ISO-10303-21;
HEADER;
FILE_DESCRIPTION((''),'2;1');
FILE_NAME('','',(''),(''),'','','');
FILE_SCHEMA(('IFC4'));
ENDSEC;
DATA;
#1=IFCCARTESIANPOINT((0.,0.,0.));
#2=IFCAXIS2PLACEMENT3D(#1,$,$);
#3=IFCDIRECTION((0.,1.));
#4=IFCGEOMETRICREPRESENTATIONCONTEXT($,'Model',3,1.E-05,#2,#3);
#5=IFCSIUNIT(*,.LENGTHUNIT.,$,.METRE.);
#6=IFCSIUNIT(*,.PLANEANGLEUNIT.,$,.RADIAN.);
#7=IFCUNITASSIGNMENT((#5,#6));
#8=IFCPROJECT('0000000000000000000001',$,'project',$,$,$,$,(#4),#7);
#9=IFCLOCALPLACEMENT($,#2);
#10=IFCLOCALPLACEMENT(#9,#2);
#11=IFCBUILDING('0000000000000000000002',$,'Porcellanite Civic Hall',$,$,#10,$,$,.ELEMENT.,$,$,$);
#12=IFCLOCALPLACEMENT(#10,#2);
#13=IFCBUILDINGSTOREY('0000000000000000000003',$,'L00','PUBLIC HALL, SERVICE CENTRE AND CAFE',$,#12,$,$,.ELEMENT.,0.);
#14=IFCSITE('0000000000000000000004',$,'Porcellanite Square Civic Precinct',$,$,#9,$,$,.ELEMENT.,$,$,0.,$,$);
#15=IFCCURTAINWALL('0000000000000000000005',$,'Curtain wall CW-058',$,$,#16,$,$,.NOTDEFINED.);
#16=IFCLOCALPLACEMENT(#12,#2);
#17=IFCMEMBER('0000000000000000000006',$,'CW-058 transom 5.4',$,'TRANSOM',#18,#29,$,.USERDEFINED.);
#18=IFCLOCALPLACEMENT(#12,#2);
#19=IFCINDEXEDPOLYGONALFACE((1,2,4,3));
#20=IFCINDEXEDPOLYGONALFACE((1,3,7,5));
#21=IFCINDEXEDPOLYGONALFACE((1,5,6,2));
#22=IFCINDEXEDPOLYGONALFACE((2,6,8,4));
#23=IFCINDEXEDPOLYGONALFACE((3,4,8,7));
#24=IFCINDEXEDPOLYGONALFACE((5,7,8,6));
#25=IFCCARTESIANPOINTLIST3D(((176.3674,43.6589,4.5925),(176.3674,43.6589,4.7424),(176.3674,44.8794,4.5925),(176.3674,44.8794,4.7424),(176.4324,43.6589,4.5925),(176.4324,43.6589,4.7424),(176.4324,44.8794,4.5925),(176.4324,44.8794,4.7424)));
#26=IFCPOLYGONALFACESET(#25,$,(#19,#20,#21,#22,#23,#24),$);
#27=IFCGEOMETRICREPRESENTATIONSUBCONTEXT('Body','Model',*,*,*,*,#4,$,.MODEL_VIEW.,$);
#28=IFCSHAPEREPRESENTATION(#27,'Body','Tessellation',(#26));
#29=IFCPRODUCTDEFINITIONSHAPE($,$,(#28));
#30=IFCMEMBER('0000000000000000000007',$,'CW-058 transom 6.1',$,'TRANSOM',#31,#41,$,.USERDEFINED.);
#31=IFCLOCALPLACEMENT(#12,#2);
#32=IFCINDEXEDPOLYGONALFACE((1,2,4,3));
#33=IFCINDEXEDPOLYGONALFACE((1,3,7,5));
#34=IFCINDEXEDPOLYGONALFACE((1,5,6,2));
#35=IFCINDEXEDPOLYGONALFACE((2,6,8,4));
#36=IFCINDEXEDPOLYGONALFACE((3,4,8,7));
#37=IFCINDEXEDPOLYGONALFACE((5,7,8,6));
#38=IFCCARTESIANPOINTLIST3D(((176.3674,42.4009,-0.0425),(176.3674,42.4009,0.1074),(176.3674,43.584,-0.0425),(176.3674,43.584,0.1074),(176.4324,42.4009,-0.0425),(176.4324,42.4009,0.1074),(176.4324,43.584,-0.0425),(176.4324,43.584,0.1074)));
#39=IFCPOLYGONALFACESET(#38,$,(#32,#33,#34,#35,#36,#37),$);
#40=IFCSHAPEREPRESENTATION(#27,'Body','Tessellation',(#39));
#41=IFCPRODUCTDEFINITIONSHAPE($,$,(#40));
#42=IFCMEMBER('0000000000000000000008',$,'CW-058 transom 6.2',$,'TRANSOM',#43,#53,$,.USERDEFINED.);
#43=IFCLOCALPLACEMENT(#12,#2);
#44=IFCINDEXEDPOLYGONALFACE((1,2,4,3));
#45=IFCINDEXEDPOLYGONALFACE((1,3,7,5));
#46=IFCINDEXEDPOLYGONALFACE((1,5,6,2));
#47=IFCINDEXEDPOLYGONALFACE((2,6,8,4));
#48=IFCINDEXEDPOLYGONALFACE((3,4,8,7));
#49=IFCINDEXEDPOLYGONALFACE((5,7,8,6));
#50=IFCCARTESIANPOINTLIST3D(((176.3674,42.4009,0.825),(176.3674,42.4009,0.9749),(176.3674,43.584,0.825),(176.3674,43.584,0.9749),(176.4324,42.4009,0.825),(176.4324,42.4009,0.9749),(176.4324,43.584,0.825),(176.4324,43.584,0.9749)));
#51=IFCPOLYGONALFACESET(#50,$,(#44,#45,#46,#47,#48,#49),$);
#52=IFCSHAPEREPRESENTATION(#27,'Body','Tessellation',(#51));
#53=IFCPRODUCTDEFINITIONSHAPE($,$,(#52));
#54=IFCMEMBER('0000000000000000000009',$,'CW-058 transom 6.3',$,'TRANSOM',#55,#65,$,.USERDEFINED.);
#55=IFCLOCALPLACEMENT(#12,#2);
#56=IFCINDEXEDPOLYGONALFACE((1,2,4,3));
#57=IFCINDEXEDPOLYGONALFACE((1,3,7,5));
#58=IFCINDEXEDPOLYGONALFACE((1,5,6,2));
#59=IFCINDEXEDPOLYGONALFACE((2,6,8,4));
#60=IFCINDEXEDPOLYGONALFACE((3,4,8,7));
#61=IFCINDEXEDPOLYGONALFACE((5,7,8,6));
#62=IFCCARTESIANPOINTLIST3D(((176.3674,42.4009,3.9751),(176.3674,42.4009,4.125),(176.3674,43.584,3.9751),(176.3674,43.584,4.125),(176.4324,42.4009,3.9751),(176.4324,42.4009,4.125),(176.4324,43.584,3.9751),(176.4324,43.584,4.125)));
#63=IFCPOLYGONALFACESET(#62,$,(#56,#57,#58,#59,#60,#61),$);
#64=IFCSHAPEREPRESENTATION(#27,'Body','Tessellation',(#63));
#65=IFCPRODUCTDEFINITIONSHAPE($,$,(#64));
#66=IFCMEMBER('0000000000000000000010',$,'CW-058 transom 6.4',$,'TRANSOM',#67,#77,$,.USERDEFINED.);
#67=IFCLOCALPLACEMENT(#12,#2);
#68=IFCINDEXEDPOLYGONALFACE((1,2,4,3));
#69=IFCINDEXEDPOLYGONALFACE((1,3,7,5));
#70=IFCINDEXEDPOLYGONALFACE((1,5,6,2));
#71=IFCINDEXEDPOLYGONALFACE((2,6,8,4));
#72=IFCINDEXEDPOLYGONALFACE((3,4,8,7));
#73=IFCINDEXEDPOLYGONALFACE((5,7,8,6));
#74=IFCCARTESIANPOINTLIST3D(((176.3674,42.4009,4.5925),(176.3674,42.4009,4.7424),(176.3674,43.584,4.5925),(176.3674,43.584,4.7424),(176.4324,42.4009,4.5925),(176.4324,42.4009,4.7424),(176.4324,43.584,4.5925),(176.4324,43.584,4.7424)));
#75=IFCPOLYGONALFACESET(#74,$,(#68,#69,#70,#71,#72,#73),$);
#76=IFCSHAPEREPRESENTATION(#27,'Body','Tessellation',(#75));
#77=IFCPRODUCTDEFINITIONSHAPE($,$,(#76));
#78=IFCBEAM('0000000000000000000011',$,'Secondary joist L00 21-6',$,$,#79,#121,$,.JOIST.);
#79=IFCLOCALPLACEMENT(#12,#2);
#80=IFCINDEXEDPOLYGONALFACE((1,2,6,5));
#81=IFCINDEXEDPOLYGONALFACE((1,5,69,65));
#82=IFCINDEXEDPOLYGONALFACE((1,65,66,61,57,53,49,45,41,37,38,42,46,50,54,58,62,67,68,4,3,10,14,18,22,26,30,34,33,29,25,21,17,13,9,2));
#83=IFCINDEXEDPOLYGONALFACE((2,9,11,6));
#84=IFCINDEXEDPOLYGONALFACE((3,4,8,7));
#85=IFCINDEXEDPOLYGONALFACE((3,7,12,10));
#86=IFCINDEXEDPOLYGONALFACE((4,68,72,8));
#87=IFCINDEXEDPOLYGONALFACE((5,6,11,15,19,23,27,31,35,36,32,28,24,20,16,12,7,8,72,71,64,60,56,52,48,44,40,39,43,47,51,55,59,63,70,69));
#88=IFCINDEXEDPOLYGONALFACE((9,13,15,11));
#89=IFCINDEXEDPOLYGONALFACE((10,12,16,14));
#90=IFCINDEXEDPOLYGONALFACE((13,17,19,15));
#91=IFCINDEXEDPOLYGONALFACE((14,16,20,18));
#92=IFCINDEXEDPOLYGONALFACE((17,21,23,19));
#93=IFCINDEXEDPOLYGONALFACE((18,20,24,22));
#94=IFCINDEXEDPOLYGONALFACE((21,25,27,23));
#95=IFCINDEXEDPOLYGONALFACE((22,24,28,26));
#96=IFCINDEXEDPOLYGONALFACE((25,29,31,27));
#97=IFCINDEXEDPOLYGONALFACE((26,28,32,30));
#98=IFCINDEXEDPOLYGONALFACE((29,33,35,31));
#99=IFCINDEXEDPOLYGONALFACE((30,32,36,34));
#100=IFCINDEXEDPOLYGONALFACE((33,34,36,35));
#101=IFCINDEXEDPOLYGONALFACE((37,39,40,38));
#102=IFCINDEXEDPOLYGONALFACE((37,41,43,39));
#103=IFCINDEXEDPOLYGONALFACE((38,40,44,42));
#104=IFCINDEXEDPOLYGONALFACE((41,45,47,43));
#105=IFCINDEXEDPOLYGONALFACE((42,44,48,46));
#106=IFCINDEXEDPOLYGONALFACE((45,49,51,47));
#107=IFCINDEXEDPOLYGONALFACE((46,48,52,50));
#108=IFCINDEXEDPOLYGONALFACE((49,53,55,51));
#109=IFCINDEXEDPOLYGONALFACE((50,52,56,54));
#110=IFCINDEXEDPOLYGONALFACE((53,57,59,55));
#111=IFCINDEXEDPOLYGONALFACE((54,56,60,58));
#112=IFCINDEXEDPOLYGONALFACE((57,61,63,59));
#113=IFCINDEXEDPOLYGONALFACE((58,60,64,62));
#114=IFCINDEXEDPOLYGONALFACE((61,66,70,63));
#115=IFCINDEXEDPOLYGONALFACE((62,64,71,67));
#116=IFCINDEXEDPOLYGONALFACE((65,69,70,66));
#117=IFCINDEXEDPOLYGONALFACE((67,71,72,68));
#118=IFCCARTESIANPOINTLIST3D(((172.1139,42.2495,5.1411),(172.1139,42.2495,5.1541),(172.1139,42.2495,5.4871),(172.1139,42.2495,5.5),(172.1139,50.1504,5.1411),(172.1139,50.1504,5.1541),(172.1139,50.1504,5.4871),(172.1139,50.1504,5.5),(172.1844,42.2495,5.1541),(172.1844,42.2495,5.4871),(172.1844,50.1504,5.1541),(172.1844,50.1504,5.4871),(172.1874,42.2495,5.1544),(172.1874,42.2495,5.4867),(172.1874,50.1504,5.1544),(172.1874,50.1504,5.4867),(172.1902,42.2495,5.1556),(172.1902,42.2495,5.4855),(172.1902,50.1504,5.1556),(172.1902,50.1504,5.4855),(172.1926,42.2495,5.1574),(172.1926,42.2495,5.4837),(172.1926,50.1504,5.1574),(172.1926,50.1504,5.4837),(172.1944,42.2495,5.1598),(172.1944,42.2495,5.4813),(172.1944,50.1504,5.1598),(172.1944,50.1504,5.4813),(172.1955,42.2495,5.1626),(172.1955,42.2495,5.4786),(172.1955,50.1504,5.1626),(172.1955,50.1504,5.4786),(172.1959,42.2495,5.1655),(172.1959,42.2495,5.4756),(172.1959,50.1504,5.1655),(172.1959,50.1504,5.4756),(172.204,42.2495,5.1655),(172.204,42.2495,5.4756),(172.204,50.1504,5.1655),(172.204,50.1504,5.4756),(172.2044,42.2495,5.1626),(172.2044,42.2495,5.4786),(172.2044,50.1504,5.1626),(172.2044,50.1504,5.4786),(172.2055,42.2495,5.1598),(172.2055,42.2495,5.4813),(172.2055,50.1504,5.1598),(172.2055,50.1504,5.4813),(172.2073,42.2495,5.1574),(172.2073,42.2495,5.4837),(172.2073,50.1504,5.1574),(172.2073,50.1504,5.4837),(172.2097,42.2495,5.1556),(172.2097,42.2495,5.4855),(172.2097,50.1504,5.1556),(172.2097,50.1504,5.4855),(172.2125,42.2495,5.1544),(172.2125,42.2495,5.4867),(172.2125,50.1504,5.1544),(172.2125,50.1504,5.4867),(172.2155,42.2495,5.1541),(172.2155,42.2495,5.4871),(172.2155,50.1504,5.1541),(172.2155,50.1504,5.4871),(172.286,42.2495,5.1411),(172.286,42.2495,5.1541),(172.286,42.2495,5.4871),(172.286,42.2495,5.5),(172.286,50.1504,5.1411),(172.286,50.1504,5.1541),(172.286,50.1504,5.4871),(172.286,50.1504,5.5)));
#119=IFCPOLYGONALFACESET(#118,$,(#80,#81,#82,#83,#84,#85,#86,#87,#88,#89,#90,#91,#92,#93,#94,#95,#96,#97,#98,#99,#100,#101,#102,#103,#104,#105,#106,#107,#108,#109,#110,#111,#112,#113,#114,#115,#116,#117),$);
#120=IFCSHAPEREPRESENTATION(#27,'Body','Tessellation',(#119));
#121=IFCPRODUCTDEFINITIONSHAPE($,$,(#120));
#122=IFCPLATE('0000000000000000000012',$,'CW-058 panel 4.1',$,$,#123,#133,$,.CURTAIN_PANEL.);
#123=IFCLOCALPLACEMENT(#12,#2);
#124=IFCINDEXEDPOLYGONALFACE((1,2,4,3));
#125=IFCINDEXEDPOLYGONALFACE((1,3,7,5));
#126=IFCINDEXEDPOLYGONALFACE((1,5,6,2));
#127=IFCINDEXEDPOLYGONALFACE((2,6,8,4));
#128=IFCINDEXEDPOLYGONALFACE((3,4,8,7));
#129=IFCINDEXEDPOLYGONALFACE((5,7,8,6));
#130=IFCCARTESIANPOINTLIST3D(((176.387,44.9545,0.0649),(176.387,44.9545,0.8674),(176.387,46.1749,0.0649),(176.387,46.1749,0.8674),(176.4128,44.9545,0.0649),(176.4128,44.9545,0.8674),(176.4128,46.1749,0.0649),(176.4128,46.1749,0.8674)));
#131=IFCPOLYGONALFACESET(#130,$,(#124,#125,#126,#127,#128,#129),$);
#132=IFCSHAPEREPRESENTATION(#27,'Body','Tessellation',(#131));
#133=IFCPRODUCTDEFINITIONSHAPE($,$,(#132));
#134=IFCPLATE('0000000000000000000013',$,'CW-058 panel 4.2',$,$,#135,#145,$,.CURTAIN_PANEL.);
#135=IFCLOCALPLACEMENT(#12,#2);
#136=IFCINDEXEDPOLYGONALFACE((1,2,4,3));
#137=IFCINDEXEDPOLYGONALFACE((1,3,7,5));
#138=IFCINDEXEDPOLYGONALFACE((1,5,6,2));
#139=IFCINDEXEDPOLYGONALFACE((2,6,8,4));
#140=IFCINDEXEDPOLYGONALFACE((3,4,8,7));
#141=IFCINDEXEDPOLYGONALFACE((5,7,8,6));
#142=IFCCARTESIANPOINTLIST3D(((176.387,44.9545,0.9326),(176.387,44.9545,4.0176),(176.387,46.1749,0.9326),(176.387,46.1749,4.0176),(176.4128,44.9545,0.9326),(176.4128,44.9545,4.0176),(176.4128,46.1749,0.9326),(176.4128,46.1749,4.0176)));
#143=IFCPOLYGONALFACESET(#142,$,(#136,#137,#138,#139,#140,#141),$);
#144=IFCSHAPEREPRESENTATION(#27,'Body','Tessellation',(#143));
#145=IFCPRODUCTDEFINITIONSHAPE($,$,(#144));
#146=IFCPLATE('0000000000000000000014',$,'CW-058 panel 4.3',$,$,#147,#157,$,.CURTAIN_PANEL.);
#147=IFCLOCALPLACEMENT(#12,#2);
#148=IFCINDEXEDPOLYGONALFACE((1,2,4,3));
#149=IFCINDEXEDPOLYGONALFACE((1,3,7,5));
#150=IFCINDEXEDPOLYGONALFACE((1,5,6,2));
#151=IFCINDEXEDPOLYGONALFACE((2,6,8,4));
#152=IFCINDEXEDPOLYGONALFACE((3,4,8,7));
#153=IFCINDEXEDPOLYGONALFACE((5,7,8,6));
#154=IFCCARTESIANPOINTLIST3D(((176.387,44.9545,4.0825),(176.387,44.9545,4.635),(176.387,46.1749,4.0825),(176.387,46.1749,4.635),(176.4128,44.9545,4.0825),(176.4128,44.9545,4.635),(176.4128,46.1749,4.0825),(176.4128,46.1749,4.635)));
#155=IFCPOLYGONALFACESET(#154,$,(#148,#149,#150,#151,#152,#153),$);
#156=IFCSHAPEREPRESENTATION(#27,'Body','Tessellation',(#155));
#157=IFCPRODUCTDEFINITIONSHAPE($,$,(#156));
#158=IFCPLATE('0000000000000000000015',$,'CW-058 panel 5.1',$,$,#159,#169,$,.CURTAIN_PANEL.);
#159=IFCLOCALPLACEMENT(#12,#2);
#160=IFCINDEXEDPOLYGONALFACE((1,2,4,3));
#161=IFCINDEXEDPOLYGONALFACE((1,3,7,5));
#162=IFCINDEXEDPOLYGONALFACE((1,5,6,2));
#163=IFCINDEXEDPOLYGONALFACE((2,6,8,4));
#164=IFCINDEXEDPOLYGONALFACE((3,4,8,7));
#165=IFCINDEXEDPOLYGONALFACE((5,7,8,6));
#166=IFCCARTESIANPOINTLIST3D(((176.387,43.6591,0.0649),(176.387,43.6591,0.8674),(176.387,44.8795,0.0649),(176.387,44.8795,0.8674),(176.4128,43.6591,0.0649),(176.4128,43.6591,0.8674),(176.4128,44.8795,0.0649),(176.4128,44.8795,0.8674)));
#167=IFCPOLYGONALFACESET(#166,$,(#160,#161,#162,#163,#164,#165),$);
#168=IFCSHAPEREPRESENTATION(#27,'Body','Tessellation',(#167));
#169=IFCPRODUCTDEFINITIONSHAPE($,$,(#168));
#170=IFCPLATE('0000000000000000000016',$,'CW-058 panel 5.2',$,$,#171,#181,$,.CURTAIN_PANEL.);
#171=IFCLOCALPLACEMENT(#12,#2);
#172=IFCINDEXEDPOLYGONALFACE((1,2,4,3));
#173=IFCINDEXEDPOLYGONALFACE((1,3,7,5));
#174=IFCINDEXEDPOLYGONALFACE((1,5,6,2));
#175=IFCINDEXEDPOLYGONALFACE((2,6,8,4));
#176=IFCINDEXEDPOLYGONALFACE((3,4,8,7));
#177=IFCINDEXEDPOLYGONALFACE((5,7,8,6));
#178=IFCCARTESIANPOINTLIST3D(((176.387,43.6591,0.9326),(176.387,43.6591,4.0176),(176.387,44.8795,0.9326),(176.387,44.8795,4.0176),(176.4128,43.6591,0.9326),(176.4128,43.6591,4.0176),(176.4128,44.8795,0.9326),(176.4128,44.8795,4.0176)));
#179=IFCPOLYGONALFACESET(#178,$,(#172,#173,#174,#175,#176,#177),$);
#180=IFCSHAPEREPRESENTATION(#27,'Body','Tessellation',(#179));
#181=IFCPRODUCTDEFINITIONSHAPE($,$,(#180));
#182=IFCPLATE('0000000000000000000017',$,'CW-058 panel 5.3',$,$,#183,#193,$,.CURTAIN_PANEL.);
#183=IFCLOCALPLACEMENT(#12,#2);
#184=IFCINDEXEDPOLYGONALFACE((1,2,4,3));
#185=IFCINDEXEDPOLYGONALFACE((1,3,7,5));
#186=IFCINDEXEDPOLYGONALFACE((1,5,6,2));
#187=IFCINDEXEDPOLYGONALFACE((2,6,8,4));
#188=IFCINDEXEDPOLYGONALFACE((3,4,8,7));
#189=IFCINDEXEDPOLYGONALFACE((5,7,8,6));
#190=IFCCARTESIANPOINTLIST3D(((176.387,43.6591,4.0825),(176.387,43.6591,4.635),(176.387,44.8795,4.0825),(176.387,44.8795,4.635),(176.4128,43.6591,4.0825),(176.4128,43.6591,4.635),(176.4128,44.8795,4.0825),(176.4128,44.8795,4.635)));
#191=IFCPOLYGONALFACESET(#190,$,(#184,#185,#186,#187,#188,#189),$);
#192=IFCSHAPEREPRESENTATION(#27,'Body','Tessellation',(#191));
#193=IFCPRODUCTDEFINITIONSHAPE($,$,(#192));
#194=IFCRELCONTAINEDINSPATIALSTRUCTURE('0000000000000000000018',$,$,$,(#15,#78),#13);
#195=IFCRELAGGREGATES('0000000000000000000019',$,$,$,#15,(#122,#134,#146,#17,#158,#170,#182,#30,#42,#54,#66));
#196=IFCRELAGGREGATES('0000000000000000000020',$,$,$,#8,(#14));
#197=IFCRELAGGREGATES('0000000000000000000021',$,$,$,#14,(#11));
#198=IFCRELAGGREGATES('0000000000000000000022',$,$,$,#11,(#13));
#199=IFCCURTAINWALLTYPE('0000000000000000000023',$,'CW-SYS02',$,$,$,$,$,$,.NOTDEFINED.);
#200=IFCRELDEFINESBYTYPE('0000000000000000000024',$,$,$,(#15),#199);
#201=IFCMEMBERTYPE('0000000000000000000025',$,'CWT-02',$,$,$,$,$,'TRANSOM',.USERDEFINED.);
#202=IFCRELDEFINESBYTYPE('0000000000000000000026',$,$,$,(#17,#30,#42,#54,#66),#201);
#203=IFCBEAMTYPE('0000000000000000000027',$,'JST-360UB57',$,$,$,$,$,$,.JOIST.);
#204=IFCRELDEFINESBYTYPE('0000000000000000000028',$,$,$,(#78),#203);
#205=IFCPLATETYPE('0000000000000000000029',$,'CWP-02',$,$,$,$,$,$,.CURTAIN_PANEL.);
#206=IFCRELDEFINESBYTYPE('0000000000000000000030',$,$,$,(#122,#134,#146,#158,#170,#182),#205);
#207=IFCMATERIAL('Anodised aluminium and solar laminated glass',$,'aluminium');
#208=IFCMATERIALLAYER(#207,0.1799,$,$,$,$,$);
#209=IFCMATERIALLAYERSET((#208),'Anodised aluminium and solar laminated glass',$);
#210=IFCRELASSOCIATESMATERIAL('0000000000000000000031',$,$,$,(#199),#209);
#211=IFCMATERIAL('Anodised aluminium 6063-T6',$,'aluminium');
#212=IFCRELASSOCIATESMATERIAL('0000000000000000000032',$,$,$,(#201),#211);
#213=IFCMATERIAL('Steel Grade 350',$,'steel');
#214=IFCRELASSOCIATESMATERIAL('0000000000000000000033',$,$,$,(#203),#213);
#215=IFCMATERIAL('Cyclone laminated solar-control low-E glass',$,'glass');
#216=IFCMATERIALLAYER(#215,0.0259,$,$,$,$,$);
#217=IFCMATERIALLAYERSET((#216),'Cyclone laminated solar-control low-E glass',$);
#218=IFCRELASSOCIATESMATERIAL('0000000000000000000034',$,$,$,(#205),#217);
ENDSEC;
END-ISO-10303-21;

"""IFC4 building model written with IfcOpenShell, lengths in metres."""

from ifc_helpers import new_model, si_unit, direction, frame, origin, origin_2d, place, context, subcontext, project, spatial, rectangle, i_section, extrude, material, layer, layer_set, material_profile, profile_set, type_object, element, aggregate, save


model = new_model("IFC4")

# Units and contexts
model_context = context("Model", 3, precision=1e-05, world=origin(), true_north=direction((0.0, 1.0)))
body_context = subcontext(model_context, "Body", "Model", "MODEL_VIEW")
ifc_project = project(units=[si_unit("LENGTHUNIT", "METRE"), si_unit("PLANEANGLEUNIT", "RADIAN")], contexts=[model_context])

# Site, building, storey
site_placement = place(None, origin())
site = spatial("IfcSite", under=ifc_project, at=site_placement, Name="Porcellanite Square Civic Precinct", CompositionType="ELEMENT", RefElevation=0.0)
building_placement = place(site_placement, origin())
building = spatial("IfcBuilding", under=site, at=building_placement, Name="Porcellanite Civic Hall", CompositionType="ELEMENT")
storey_placement = place(building_placement, origin())
storey = spatial("IfcBuildingStorey", under=building, at=storey_placement, Name="L00", Description="PUBLIC HALL, SERVICE CENTRE AND CAFE", CompositionType="ELEMENT", Elevation=0.0)

# Curtain wall, members
ifc_material_1 = material(Name="Anodised aluminium and solar laminated glass", Category="aluminium")
ifc_layer_1 = layer(ifc_material_1, 0.1799)
ifc_layer_set_1 = layer_set([ifc_layer_1], Name="Anodised aluminium and solar laminated glass")
curtain_wall_type = type_object("IfcCurtainWallType", Name="CW-SYS02", PredefinedType="NOTDEFINED", material=ifc_layer_set_1)
curtain_wall_placement = place(storey_placement, origin())
curtain_wall = element("IfcCurtainWall", 1, at=curtain_wall_placement, inside=storey, type_object=curtain_wall_type, Name="Curtain wall CW-058", PredefinedType="NOTDEFINED")
ifc_material_2 = material(Name="Anodised aluminium 6063-T6", Category="aluminium")
ifc_material_profile_1 = material_profile(ifc_material_2, rectangle(XDim=0.0649, YDim=0.1499, at=origin_2d()), Name="AL-65x150")
ifc_profile_set_1 = profile_set([ifc_material_profile_1], Name="Anodised aluminium 6063-T6")
member_type_1 = type_object("IfcMemberType", Name="CWT-02", ElementType="TRANSOM", PredefinedType="USERDEFINED", material=ifc_profile_set_1)
member_1_placement = place(storey_placement, frame((176.3999, 44.8794, 4.6675), z_axis=(0.0, -1.0, 0.0), x_axis=(1.0, 0.0, 0.0)))
member_1 = element("IfcMember", 2, at=member_1_placement, type_object=member_type_1, Name="CW-058 transom 5.4", ObjectType="TRANSOM", PredefinedType="USERDEFINED", context=body_context, shape_type="SweptSolid", body=[
    extrude(rectangle(XDim=0.0649, YDim=0.1499, at=origin_2d()), origin(), (0.0, 0.0, 1.0), 1.2205),
])
member_2_placement = place(storey_placement, frame((176.3999, 43.584, 0.0325), z_axis=(0.0, -1.0, 0.0), x_axis=(1.0, 0.0, 0.0)))
member_2 = element("IfcMember", 3, at=member_2_placement, type_object=member_type_1, Name="CW-058 transom 6.1", ObjectType="TRANSOM", PredefinedType="USERDEFINED", context=body_context, shape_type="SweptSolid", body=[
    extrude(rectangle(XDim=0.0649, YDim=0.1499, at=origin_2d()), origin(), (0.0, 0.0, 1.0), 1.1831),
])
member_3_placement = place(storey_placement, frame((176.3999, 43.584, 0.8999), z_axis=(0.0, -1.0, 0.0), x_axis=(1.0, 0.0, 0.0)))
member_3 = element("IfcMember", 4, at=member_3_placement, type_object=member_type_1, Name="CW-058 transom 6.2", ObjectType="TRANSOM", PredefinedType="USERDEFINED", context=body_context, shape_type="SweptSolid", body=[
    extrude(rectangle(XDim=0.0649, YDim=0.1499, at=origin_2d()), origin(), (0.0, 0.0, 1.0), 1.1831),
])
member_4_placement = place(storey_placement, frame((176.3999, 43.584, 4.05), z_axis=(0.0, -1.0, 0.0), x_axis=(1.0, 0.0, 0.0)))
member_4 = element("IfcMember", 5, at=member_4_placement, type_object=member_type_1, Name="CW-058 transom 6.3", ObjectType="TRANSOM", PredefinedType="USERDEFINED", context=body_context, shape_type="SweptSolid", body=[
    extrude(rectangle(XDim=0.0649, YDim=0.1499, at=origin_2d()), origin(), (0.0, 0.0, 1.0), 1.1831),
])
member_5_placement = place(storey_placement, frame((176.3999, 43.584, 4.6675), z_axis=(0.0, -1.0, 0.0), x_axis=(1.0, 0.0, 0.0)))
member_5 = element("IfcMember", 6, at=member_5_placement, type_object=member_type_1, Name="CW-058 transom 6.4", ObjectType="TRANSOM", PredefinedType="USERDEFINED", context=body_context, shape_type="SweptSolid", body=[
    extrude(rectangle(XDim=0.0649, YDim=0.1499, at=origin_2d()), origin(), (0.0, 0.0, 1.0), 1.1831),
])

# Beam
ifc_material_3 = material(Name="Steel Grade 350", Category="steel")
ifc_material_profile_2 = material_profile(ifc_material_3, i_section(OverallWidth=0.1721, OverallDepth=0.3589, WebThickness=0.0081, FlangeThickness=0.0129, FilletRadius=0.0115, at=origin_2d()), Name="360UB56.7")
ifc_profile_set_2 = profile_set([ifc_material_profile_2], Name="Steel Grade 350")
beam_type_1 = type_object("IfcBeamType", Name="JST-360UB57", PredefinedType="JOIST", material=ifc_profile_set_2)
beam_1_placement = place(storey_placement, frame((172.2, 42.2495, 5.3206), z_axis=(0.0, 1.0, 0.0), x_axis=(-1.0, 0.0, 0.0)))
element("IfcBeam", 7, at=beam_1_placement, inside=storey, type_object=beam_type_1, Name="Secondary joist L00 21-6", PredefinedType="JOIST", context=body_context, shape_type="SweptSolid", body=[
    extrude(i_section(OverallWidth=0.1721, OverallDepth=0.3589, WebThickness=0.0081, FlangeThickness=0.0129, FilletRadius=0.0115, at=origin_2d()), origin(), (0.0, 0.0, 1.0), 7.9009),
])

# Plates
ifc_material_4 = material(Name="Cyclone laminated solar-control low-E glass", Category="glass")
ifc_layer_2 = layer(ifc_material_4, 0.0259)
ifc_layer_set_2 = layer_set([ifc_layer_2], Name="Cyclone laminated solar-control low-E glass")
plate_type = type_object("IfcPlateType", Name="CWP-02", PredefinedType="CURTAIN_PANEL", material=ifc_layer_set_2)
plate_1_placement = place(storey_placement, frame((176.3999, 45.5647, 0.0649), z_axis=(0.0, 0.0, 1.0), x_axis=(0.0, -1.0, 0.0)))
plate_1 = element("IfcPlate", 8, at=plate_1_placement, type_object=plate_type, Name="CW-058 panel 4.1", PredefinedType="CURTAIN_PANEL", context=body_context, shape_type="SweptSolid", body=[
    extrude(rectangle(XDim=1.2205, YDim=0.0259, at=origin_2d()), origin(), (0.0, 0.0, 1.0), 0.8025),
])
plate_2_placement = place(storey_placement, frame((176.3999, 45.5647, 0.9326), z_axis=(0.0, 0.0, 1.0), x_axis=(0.0, -1.0, 0.0)))
plate_2 = element("IfcPlate", 9, at=plate_2_placement, type_object=plate_type, Name="CW-058 panel 4.2", PredefinedType="CURTAIN_PANEL", context=body_context, shape_type="SweptSolid", body=[
    extrude(rectangle(XDim=1.2205, YDim=0.0259, at=origin_2d()), origin(), (0.0, 0.0, 1.0), 3.085),
])
plate_3_placement = place(storey_placement, frame((176.3999, 45.5647, 4.0825), z_axis=(0.0, 0.0, 1.0), x_axis=(0.0, -1.0, 0.0)))
plate_3 = element("IfcPlate", 10, at=plate_3_placement, type_object=plate_type, Name="CW-058 panel 4.3", PredefinedType="CURTAIN_PANEL", context=body_context, shape_type="SweptSolid", body=[
    extrude(rectangle(XDim=1.2205, YDim=0.0259, at=origin_2d()), origin(), (0.0, 0.0, 1.0), 0.5525),
])
plate_4_placement = place(storey_placement, frame((176.3999, 44.2693, 0.0649), z_axis=(0.0, 0.0, 1.0), x_axis=(0.0, -1.0, 0.0)))
plate_4 = element("IfcPlate", 11, at=plate_4_placement, type_object=plate_type, Name="CW-058 panel 5.1", PredefinedType="CURTAIN_PANEL", context=body_context, shape_type="SweptSolid", body=[
    extrude(rectangle(XDim=1.2205, YDim=0.0259, at=origin_2d()), origin(), (0.0, 0.0, 1.0), 0.8025),
])
plate_5_placement = place(storey_placement, frame((176.3999, 44.2693, 0.9326), z_axis=(0.0, 0.0, 1.0), x_axis=(0.0, -1.0, 0.0)))
plate_5 = element("IfcPlate", 12, at=plate_5_placement, type_object=plate_type, Name="CW-058 panel 5.2", PredefinedType="CURTAIN_PANEL", context=body_context, shape_type="SweptSolid", body=[
    extrude(rectangle(XDim=1.2205, YDim=0.0259, at=origin_2d()), origin(), (0.0, 0.0, 1.0), 3.085),
])
plate_6_placement = place(storey_placement, frame((176.3999, 44.2693, 4.0825), z_axis=(0.0, 0.0, 1.0), x_axis=(0.0, -1.0, 0.0)))
plate_6 = element("IfcPlate", 13, at=plate_6_placement, type_object=plate_type, Name="CW-058 panel 5.3", PredefinedType="CURTAIN_PANEL", context=body_context, shape_type="SweptSolid", body=[
    extrude(rectangle(XDim=1.2205, YDim=0.0259, at=origin_2d()), origin(), (0.0, 0.0, 1.0), 0.5525),
])
aggregate(curtain_wall, [plate_1, plate_2, plate_3, member_1, plate_4, plate_5, plate_6, member_2, member_3, member_4, member_5])

save(model, "model.ifc")
